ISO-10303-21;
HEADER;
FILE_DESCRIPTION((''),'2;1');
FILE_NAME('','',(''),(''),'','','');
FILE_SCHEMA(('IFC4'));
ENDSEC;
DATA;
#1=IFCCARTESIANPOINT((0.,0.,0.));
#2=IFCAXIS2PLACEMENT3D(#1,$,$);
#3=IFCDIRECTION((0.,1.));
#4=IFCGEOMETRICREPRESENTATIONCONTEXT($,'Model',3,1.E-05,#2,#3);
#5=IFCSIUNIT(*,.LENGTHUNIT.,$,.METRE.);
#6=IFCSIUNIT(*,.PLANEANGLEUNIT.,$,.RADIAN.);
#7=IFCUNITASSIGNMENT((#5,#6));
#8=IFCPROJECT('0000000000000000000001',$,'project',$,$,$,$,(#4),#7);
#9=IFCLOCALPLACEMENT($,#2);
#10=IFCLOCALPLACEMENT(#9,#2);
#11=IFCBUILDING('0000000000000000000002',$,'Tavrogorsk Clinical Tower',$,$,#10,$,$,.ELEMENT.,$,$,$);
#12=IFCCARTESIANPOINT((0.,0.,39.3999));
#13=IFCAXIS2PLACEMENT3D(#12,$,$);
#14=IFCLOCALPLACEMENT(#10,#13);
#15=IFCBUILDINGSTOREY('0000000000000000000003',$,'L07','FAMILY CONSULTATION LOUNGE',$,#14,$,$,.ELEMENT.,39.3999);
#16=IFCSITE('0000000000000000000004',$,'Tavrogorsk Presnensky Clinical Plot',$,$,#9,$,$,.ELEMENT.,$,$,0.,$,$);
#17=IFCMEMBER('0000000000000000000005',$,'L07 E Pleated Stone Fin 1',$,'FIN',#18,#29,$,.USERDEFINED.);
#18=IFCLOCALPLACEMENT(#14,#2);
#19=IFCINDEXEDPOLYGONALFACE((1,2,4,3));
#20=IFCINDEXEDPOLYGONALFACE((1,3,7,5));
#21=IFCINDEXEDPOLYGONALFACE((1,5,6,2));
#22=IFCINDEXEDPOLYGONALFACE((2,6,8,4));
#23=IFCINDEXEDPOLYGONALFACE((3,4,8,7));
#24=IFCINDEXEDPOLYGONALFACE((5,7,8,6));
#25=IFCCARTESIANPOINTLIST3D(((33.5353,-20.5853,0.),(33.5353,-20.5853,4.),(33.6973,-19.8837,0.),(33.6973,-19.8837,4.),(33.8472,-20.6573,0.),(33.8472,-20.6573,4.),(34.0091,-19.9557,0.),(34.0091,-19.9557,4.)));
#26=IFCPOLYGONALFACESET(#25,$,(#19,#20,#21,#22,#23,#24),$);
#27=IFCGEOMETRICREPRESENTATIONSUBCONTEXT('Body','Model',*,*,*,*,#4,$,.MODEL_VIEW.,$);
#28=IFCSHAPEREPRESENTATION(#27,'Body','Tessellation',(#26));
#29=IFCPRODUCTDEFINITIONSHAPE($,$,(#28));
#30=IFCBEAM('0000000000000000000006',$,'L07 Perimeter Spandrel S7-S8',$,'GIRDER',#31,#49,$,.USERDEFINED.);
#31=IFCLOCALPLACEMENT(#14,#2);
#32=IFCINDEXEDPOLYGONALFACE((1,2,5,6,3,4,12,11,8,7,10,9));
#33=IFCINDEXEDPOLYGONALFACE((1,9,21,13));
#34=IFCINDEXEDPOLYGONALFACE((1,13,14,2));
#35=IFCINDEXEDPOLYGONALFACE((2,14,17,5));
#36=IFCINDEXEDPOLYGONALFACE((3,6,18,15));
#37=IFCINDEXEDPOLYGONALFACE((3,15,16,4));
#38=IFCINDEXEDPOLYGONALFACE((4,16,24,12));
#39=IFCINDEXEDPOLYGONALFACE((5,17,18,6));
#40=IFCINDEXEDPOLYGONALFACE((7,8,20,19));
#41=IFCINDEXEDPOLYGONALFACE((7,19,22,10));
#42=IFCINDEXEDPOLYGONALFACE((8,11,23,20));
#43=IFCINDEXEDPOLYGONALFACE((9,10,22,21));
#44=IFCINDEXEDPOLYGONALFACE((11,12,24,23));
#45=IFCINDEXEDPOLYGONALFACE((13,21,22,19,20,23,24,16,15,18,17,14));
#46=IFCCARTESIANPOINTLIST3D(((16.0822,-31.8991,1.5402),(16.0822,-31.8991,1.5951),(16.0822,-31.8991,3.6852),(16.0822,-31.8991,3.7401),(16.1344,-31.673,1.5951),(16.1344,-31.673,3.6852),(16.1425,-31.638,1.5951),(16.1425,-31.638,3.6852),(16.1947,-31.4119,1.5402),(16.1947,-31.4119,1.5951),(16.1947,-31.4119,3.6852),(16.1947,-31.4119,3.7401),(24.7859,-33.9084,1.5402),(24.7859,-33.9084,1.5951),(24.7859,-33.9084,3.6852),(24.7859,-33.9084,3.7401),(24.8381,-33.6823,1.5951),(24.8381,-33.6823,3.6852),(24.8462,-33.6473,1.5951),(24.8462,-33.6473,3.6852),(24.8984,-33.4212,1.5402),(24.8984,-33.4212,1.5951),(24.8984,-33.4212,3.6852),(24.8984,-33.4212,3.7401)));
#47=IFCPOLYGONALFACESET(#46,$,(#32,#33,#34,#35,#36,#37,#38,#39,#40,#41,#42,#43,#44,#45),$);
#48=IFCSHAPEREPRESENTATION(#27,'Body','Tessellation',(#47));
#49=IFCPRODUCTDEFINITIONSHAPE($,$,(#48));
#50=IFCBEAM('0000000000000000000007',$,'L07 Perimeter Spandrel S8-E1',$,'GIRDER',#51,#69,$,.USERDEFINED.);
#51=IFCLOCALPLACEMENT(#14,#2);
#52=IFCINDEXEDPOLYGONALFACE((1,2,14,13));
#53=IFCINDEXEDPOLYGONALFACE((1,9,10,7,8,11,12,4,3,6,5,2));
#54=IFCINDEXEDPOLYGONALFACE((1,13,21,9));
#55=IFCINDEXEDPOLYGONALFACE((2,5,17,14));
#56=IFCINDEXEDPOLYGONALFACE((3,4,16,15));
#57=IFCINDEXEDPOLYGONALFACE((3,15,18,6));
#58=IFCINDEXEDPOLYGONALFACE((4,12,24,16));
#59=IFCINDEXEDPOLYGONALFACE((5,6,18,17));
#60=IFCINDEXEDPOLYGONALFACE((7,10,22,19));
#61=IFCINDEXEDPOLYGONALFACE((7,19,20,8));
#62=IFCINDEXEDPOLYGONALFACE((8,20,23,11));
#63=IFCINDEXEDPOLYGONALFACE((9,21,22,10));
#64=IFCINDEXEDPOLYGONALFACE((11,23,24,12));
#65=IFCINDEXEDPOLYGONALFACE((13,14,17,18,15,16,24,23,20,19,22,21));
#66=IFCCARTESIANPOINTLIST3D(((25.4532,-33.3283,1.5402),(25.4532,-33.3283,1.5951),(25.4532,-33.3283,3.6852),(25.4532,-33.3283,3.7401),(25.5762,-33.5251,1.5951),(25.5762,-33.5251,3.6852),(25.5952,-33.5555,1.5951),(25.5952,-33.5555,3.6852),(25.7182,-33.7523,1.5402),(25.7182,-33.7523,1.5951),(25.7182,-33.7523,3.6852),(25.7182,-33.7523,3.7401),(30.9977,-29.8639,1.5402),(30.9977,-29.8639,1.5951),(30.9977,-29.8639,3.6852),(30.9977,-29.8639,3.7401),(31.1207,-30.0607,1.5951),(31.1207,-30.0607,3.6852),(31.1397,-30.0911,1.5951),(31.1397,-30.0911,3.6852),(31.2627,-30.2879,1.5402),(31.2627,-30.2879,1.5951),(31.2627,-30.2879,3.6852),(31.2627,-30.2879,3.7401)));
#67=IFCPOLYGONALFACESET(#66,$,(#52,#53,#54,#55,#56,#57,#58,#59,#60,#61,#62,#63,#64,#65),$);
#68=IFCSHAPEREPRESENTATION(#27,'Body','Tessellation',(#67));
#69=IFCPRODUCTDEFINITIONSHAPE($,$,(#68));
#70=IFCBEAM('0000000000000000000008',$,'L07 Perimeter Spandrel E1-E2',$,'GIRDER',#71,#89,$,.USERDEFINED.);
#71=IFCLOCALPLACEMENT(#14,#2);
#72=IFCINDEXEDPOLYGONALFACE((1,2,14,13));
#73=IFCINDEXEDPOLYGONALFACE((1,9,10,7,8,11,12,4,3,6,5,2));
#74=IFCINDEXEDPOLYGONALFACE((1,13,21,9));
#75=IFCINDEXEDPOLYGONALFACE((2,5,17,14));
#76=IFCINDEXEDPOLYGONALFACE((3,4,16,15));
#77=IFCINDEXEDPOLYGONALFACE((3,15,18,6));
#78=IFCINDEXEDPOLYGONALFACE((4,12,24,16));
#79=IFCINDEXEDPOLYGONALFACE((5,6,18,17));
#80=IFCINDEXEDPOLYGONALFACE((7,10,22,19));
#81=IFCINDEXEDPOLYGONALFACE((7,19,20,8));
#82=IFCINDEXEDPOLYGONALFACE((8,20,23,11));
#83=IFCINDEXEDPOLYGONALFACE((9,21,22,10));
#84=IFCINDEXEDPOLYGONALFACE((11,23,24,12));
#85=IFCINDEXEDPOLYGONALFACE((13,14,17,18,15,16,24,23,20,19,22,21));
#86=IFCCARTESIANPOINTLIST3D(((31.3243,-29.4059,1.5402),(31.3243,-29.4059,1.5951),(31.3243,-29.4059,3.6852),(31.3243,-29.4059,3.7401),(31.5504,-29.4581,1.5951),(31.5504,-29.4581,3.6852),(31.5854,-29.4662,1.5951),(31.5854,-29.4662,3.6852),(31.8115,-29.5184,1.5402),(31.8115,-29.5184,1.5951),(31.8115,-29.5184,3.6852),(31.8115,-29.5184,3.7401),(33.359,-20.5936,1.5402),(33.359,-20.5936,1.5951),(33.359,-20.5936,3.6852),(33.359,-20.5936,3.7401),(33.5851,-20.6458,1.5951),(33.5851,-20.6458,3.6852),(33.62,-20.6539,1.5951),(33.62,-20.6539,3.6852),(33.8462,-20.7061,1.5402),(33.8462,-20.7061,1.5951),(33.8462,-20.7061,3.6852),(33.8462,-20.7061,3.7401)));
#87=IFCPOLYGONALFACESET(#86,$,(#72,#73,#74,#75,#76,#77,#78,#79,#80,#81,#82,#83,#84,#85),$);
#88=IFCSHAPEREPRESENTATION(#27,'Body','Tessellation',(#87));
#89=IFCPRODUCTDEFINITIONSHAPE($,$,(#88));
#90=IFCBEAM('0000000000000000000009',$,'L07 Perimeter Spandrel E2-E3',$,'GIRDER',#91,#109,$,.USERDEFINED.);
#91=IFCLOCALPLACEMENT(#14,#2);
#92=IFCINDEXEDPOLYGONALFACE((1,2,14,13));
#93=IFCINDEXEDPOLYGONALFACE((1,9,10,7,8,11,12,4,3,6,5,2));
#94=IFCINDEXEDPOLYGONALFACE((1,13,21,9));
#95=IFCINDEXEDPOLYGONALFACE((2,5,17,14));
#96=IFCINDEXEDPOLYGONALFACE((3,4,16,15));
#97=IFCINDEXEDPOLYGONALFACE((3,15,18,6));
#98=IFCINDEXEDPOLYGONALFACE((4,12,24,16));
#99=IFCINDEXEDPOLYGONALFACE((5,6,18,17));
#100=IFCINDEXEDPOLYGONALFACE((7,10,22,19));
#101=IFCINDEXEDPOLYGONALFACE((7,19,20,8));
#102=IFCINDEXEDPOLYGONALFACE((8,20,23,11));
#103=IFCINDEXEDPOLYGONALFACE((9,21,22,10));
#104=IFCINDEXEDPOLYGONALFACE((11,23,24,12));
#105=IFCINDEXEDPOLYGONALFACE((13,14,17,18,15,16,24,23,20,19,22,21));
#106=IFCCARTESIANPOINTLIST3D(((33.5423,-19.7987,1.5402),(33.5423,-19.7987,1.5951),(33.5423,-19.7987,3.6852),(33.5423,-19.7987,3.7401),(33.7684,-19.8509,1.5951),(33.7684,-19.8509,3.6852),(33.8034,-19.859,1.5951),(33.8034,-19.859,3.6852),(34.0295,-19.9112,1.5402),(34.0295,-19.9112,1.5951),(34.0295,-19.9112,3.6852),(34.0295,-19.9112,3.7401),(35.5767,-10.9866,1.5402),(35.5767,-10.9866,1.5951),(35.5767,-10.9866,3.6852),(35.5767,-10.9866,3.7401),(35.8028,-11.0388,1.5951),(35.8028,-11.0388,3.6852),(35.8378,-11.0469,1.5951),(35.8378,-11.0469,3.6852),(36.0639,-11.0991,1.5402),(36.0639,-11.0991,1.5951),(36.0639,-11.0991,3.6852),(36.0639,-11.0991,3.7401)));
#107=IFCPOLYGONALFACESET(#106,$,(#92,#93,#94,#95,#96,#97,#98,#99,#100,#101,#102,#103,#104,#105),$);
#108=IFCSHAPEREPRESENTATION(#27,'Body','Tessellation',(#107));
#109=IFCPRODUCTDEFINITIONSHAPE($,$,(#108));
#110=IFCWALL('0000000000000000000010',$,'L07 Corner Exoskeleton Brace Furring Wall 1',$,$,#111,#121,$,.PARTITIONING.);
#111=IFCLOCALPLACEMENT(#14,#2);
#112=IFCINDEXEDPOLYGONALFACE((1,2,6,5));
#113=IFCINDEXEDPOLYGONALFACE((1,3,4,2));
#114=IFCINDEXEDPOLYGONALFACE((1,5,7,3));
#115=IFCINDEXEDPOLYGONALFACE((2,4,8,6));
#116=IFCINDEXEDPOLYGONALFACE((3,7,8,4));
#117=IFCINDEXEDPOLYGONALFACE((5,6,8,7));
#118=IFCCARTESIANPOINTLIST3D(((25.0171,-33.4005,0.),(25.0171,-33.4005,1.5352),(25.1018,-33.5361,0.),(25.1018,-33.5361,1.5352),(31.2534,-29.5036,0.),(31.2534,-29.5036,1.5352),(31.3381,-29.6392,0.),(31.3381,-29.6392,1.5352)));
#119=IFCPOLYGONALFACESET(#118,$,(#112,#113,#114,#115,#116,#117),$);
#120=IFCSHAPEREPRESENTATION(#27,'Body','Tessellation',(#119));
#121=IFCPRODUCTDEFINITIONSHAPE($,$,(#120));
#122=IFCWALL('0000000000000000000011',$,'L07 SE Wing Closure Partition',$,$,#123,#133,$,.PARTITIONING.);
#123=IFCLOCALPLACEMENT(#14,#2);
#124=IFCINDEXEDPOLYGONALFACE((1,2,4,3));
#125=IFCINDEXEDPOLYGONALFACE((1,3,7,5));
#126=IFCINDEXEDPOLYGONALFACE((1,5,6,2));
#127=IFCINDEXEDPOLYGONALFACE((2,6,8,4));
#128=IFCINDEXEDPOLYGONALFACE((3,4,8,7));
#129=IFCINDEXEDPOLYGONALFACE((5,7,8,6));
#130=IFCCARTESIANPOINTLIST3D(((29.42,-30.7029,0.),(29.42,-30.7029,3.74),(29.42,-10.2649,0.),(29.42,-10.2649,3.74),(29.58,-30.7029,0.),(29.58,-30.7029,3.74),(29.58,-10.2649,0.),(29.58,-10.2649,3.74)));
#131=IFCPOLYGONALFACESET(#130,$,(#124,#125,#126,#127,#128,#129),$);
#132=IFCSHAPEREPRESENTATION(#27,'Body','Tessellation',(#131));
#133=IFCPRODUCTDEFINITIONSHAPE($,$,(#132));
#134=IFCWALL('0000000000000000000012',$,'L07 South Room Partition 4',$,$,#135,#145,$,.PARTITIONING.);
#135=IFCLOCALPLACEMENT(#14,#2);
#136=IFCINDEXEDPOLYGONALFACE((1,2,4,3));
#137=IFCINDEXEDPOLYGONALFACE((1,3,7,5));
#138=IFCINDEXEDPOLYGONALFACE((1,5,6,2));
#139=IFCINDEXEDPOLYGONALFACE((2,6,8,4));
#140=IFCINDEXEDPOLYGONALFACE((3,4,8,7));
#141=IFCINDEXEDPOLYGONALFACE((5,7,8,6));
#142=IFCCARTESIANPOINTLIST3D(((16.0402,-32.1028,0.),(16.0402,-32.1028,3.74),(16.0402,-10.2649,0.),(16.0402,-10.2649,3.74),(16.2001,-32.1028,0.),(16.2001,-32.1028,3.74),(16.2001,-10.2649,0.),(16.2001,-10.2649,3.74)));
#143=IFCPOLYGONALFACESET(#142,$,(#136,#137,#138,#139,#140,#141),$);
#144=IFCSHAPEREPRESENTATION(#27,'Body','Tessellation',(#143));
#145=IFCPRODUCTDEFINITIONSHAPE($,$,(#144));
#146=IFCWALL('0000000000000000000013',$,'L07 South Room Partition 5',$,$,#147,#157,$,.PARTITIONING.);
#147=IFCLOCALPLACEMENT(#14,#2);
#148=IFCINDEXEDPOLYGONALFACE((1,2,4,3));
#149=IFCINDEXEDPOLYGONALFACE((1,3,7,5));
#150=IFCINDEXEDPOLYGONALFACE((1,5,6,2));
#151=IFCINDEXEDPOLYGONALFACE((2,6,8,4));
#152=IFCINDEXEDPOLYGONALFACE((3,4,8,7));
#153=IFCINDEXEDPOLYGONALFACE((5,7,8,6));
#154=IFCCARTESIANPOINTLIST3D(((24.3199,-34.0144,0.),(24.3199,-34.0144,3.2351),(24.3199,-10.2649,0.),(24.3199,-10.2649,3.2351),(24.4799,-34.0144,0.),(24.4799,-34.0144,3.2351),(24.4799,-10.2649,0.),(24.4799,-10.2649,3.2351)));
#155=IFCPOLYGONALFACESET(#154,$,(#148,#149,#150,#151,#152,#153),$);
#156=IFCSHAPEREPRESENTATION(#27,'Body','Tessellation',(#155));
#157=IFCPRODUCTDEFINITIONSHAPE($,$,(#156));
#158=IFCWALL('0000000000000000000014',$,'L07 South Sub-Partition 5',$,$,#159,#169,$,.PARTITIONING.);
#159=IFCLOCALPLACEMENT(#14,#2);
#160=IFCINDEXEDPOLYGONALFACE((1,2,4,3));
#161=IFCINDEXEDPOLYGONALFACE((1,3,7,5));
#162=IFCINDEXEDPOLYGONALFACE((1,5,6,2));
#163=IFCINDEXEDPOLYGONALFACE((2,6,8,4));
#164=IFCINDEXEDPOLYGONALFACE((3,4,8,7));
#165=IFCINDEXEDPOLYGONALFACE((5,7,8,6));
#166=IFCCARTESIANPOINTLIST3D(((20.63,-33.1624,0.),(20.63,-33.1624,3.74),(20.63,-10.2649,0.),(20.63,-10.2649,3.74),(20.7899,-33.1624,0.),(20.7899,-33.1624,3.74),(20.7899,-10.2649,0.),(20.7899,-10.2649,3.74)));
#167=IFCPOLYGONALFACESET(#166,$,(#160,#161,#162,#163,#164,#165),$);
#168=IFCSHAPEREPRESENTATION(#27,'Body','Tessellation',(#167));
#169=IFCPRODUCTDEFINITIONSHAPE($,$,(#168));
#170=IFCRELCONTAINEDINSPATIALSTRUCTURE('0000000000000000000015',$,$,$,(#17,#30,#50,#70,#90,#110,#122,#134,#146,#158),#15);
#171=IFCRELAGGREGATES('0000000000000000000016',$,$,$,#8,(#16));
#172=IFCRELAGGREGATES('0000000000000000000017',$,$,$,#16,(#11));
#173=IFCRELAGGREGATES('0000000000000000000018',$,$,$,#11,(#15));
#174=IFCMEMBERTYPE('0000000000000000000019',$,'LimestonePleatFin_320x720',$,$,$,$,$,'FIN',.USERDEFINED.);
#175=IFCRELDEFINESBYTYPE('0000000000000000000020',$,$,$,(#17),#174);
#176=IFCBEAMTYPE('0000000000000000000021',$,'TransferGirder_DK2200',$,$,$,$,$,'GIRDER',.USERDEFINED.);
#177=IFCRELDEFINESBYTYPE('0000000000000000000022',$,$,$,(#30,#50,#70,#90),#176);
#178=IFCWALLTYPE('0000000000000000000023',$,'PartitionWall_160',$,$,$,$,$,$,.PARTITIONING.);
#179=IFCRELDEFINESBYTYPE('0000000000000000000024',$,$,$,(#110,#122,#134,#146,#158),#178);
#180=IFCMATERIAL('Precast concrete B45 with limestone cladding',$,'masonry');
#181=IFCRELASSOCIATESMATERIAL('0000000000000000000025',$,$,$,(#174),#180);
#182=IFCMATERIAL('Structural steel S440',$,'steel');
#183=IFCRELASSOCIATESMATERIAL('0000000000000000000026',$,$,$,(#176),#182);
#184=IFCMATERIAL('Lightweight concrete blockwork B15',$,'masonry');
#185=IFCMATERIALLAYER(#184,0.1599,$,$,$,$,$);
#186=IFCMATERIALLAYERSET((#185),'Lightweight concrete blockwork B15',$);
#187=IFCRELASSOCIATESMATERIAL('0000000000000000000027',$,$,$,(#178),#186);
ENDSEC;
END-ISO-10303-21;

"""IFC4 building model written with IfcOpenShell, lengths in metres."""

from ifc_helpers import new_model, si_unit, direction, frame, frame_2d, origin, origin_2d, place, context, subcontext, project, spatial, rectangle, i_section, extrude, material, layer, layer_set, material_profile, profile_set, type_object, element, save


model = new_model("IFC4")

# Units and contexts
model_context = context("Model", 3, precision=1e-05, world=origin(), true_north=direction((0.0, 1.0)))
body_context = subcontext(model_context, "Body", "Model", "MODEL_VIEW")
ifc_project = project(units=[si_unit("LENGTHUNIT", "METRE"), si_unit("PLANEANGLEUNIT", "RADIAN")], contexts=[model_context])

# Site, building, storey
site_placement = place(None, origin())
site = spatial("IfcSite", under=ifc_project, at=site_placement, Name="Tavrogorsk Presnensky Clinical Plot", CompositionType="ELEMENT", RefElevation=0.0)
building_placement = place(site_placement, origin())
building = spatial("IfcBuilding", under=site, at=building_placement, Name="Tavrogorsk Clinical Tower", CompositionType="ELEMENT")
storey_placement = place(building_placement, frame((0.0, 0.0, 39.3999)))
storey = spatial("IfcBuildingStorey", under=building, at=storey_placement, Name="L07", Description="FAMILY CONSULTATION LOUNGE", CompositionType="ELEMENT", Elevation=39.3999)

# Member
ifc_material_1 = material(Name="Precast concrete B45 with limestone cladding", Category="masonry")
ifc_material_profile_1 = material_profile(ifc_material_1, rectangle(XDim=0.3201, YDim=0.72, at=origin_2d()), Name="LIMESTONE-FIN-320x720")
ifc_profile_set_1 = profile_set([ifc_material_profile_1], Name="Precast concrete B45 with limestone cladding")
member_type_1 = type_object("IfcMemberType", Name="LimestonePleatFin_320x720", ElementType="FIN", PredefinedType="USERDEFINED", material=ifc_profile_set_1)
member_1_placement = place(storey_placement, frame((33.7722, -20.2705, 0.0), z_axis=(0.0, 0.0, 1.0), x_axis=(0.97437, -0.224951, 0.0)))
element("IfcMember", 1, at=member_1_placement, inside=storey, type_object=member_type_1, Name="L07 E Pleated Stone Fin 1", ObjectType="FIN", PredefinedType="USERDEFINED", context=body_context, shape_type="SweptSolid", body=[
    extrude(rectangle(XDim=0.3201, YDim=0.72, at=origin_2d()), origin(), (0.0, 0.0, 1.0), 4.0),
])

# Beams
ifc_material_2 = material(Name="Structural steel S440", Category="steel")
ifc_material_profile_2 = material_profile(ifc_material_2, i_section(OverallWidth=0.5, OverallDepth=2.2, WebThickness=0.0359, FlangeThickness=0.0549, at=origin_2d()), Name="DK-2200x500x36x55")
ifc_profile_set_2 = profile_set([ifc_material_profile_2], Name="Structural steel S440")
beam_type_1 = type_object("IfcBeamType", Name="TransferGirder_DK2200", ElementType="GIRDER", PredefinedType="USERDEFINED", material=ifc_profile_set_2)
beam_1_placement = place(storey_placement, frame((16.1384, -31.6555, 2.6401), z_axis=(0.974373, -0.224939, 0.0), x_axis=(0.224939, 0.974373, 0.0)))
element("IfcBeam", 2, at=beam_1_placement, inside=storey, type_object=beam_type_1, Name="L07 Perimeter Spandrel S7-S8", ObjectType="GIRDER", PredefinedType="USERDEFINED", context=body_context, shape_type="SweptSolid", body=[
    extrude(i_section(OverallWidth=0.5, OverallDepth=2.2, WebThickness=0.0359, FlangeThickness=0.0549, at=origin_2d()), origin(), (0.0, 0.0, 1.0), 8.9326),
])
beam_2_placement = place(storey_placement, frame((25.5857, -33.5403, 2.6401), z_axis=(0.848061, 0.529898, 0.0), x_axis=(-0.529898, 0.848061, 0.0)))
element("IfcBeam", 3, at=beam_2_placement, inside=storey, type_object=beam_type_1, Name="L07 Perimeter Spandrel S8-E1", ObjectType="GIRDER", PredefinedType="USERDEFINED", context=body_context, shape_type="SweptSolid", body=[
    extrude(i_section(OverallWidth=0.5, OverallDepth=2.2, WebThickness=0.0359, FlangeThickness=0.0549, at=origin_2d()), origin(), (0.0, 0.0, 1.0), 6.5378),
])
beam_3_placement = place(storey_placement, frame((31.5679, -29.4622, 2.6401), z_axis=(0.224972, 0.974365, 0.0), x_axis=(-0.974365, 0.224972, 0.0)))
element("IfcBeam", 4, at=beam_3_placement, inside=storey, type_object=beam_type_1, Name="L07 Perimeter Spandrel E1-E2", ObjectType="GIRDER", PredefinedType="USERDEFINED", context=body_context, shape_type="SweptSolid", body=[
    extrude(i_section(OverallWidth=0.5, OverallDepth=2.2, WebThickness=0.0359, FlangeThickness=0.0549, at=origin_2d()), origin(), (0.0, 0.0, 1.0), 9.0442),
])
beam_4_placement = place(storey_placement, frame((33.7859, -19.855, 2.6401), z_axis=(0.224946, 0.974371, 0.0), x_axis=(-0.974371, 0.224946, 0.0)))
element("IfcBeam", 5, at=beam_4_placement, inside=storey, type_object=beam_type_1, Name="L07 Perimeter Spandrel E2-E3", ObjectType="GIRDER", PredefinedType="USERDEFINED", context=body_context, shape_type="SweptSolid", body=[
    extrude(i_section(OverallWidth=0.5, OverallDepth=2.2, WebThickness=0.0359, FlangeThickness=0.0549, at=origin_2d()), origin(), (0.0, 0.0, 1.0), 9.0439),
])

# Walls
ifc_material_3 = material(Name="Lightweight concrete blockwork B15", Category="masonry")
ifc_layer_1 = layer(ifc_material_3, 0.1599)
ifc_layer_set_1 = layer_set([ifc_layer_1], Name="Lightweight concrete blockwork B15")
wall_type_1 = type_object("IfcWallType", Name="PartitionWall_160", PredefinedType="PARTITIONING", material=ifc_layer_set_1)
wall_1_placement = place(storey_placement, frame((25.0596, -33.4683, 0.0), z_axis=(0.0, 0.0, 1.0), x_axis=(0.848043, 0.529927, 0.0)))
element("IfcWall", 6, at=wall_1_placement, inside=storey, type_object=wall_type_1, Name="L07 Corner Exoskeleton Brace Furring Wall 1", PredefinedType="PARTITIONING", context=body_context, shape_type="SweptSolid", body=[
    extrude(rectangle(XDim=7.3538, YDim=0.1599, at=frame_2d((3.6768, 0.0))), origin(), (0.0, 0.0, 1.0), 1.5352),
])
wall_2_placement = place(storey_placement, frame((29.5, -30.7029, 0.0), z_axis=(0.0, 0.0, 1.0), x_axis=(0.0, 1.0, 0.0)))
element("IfcWall", 7, at=wall_2_placement, inside=storey, type_object=wall_type_1, Name="L07 SE Wing Closure Partition", PredefinedType="PARTITIONING", context=body_context, shape_type="SweptSolid", body=[
    extrude(rectangle(XDim=20.438, YDim=0.1599, at=frame_2d((10.219, 0.0))), origin(), (0.0, 0.0, 1.0), 3.74),
])
wall_3_placement = place(storey_placement, frame((16.1201, -32.1028, 0.0), z_axis=(0.0, 0.0, 1.0), x_axis=(0.0, 1.0, 0.0)))
element("IfcWall", 8, at=wall_3_placement, inside=storey, type_object=wall_type_1, Name="L07 South Room Partition 4", PredefinedType="PARTITIONING", context=body_context, shape_type="SweptSolid", body=[
    extrude(rectangle(XDim=21.8379, YDim=0.1599, at=frame_2d((10.9189, 0.0))), origin(), (0.0, 0.0, 1.0), 3.74),
])
wall_4_placement = place(storey_placement, frame((24.3999, -34.0144, 0.0), z_axis=(0.0, 0.0, 1.0), x_axis=(0.0, 1.0, 0.0)))
element("IfcWall", 9, at=wall_4_placement, inside=storey, type_object=wall_type_1, Name="L07 South Room Partition 5", PredefinedType="PARTITIONING", context=body_context, shape_type="SweptSolid", body=[
    extrude(rectangle(XDim=23.7495, YDim=0.1599, at=frame_2d((11.8748, 0.0))), origin(), (0.0, 0.0, 1.0), 3.2351),
])
wall_5_placement = place(storey_placement, frame((20.71, -33.1624, 0.0), z_axis=(0.0, 0.0, 1.0), x_axis=(0.0, 1.0, 0.0)))
element("IfcWall", 10, at=wall_5_placement, inside=storey, type_object=wall_type_1, Name="L07 South Sub-Partition 5", PredefinedType="PARTITIONING", context=body_context, shape_type="SweptSolid", body=[
    extrude(rectangle(XDim=22.8975, YDim=0.1599, at=frame_2d((11.4487, 0.0))), origin(), (0.0, 0.0, 1.0), 3.74),
])

save(model, "model.ifc")
